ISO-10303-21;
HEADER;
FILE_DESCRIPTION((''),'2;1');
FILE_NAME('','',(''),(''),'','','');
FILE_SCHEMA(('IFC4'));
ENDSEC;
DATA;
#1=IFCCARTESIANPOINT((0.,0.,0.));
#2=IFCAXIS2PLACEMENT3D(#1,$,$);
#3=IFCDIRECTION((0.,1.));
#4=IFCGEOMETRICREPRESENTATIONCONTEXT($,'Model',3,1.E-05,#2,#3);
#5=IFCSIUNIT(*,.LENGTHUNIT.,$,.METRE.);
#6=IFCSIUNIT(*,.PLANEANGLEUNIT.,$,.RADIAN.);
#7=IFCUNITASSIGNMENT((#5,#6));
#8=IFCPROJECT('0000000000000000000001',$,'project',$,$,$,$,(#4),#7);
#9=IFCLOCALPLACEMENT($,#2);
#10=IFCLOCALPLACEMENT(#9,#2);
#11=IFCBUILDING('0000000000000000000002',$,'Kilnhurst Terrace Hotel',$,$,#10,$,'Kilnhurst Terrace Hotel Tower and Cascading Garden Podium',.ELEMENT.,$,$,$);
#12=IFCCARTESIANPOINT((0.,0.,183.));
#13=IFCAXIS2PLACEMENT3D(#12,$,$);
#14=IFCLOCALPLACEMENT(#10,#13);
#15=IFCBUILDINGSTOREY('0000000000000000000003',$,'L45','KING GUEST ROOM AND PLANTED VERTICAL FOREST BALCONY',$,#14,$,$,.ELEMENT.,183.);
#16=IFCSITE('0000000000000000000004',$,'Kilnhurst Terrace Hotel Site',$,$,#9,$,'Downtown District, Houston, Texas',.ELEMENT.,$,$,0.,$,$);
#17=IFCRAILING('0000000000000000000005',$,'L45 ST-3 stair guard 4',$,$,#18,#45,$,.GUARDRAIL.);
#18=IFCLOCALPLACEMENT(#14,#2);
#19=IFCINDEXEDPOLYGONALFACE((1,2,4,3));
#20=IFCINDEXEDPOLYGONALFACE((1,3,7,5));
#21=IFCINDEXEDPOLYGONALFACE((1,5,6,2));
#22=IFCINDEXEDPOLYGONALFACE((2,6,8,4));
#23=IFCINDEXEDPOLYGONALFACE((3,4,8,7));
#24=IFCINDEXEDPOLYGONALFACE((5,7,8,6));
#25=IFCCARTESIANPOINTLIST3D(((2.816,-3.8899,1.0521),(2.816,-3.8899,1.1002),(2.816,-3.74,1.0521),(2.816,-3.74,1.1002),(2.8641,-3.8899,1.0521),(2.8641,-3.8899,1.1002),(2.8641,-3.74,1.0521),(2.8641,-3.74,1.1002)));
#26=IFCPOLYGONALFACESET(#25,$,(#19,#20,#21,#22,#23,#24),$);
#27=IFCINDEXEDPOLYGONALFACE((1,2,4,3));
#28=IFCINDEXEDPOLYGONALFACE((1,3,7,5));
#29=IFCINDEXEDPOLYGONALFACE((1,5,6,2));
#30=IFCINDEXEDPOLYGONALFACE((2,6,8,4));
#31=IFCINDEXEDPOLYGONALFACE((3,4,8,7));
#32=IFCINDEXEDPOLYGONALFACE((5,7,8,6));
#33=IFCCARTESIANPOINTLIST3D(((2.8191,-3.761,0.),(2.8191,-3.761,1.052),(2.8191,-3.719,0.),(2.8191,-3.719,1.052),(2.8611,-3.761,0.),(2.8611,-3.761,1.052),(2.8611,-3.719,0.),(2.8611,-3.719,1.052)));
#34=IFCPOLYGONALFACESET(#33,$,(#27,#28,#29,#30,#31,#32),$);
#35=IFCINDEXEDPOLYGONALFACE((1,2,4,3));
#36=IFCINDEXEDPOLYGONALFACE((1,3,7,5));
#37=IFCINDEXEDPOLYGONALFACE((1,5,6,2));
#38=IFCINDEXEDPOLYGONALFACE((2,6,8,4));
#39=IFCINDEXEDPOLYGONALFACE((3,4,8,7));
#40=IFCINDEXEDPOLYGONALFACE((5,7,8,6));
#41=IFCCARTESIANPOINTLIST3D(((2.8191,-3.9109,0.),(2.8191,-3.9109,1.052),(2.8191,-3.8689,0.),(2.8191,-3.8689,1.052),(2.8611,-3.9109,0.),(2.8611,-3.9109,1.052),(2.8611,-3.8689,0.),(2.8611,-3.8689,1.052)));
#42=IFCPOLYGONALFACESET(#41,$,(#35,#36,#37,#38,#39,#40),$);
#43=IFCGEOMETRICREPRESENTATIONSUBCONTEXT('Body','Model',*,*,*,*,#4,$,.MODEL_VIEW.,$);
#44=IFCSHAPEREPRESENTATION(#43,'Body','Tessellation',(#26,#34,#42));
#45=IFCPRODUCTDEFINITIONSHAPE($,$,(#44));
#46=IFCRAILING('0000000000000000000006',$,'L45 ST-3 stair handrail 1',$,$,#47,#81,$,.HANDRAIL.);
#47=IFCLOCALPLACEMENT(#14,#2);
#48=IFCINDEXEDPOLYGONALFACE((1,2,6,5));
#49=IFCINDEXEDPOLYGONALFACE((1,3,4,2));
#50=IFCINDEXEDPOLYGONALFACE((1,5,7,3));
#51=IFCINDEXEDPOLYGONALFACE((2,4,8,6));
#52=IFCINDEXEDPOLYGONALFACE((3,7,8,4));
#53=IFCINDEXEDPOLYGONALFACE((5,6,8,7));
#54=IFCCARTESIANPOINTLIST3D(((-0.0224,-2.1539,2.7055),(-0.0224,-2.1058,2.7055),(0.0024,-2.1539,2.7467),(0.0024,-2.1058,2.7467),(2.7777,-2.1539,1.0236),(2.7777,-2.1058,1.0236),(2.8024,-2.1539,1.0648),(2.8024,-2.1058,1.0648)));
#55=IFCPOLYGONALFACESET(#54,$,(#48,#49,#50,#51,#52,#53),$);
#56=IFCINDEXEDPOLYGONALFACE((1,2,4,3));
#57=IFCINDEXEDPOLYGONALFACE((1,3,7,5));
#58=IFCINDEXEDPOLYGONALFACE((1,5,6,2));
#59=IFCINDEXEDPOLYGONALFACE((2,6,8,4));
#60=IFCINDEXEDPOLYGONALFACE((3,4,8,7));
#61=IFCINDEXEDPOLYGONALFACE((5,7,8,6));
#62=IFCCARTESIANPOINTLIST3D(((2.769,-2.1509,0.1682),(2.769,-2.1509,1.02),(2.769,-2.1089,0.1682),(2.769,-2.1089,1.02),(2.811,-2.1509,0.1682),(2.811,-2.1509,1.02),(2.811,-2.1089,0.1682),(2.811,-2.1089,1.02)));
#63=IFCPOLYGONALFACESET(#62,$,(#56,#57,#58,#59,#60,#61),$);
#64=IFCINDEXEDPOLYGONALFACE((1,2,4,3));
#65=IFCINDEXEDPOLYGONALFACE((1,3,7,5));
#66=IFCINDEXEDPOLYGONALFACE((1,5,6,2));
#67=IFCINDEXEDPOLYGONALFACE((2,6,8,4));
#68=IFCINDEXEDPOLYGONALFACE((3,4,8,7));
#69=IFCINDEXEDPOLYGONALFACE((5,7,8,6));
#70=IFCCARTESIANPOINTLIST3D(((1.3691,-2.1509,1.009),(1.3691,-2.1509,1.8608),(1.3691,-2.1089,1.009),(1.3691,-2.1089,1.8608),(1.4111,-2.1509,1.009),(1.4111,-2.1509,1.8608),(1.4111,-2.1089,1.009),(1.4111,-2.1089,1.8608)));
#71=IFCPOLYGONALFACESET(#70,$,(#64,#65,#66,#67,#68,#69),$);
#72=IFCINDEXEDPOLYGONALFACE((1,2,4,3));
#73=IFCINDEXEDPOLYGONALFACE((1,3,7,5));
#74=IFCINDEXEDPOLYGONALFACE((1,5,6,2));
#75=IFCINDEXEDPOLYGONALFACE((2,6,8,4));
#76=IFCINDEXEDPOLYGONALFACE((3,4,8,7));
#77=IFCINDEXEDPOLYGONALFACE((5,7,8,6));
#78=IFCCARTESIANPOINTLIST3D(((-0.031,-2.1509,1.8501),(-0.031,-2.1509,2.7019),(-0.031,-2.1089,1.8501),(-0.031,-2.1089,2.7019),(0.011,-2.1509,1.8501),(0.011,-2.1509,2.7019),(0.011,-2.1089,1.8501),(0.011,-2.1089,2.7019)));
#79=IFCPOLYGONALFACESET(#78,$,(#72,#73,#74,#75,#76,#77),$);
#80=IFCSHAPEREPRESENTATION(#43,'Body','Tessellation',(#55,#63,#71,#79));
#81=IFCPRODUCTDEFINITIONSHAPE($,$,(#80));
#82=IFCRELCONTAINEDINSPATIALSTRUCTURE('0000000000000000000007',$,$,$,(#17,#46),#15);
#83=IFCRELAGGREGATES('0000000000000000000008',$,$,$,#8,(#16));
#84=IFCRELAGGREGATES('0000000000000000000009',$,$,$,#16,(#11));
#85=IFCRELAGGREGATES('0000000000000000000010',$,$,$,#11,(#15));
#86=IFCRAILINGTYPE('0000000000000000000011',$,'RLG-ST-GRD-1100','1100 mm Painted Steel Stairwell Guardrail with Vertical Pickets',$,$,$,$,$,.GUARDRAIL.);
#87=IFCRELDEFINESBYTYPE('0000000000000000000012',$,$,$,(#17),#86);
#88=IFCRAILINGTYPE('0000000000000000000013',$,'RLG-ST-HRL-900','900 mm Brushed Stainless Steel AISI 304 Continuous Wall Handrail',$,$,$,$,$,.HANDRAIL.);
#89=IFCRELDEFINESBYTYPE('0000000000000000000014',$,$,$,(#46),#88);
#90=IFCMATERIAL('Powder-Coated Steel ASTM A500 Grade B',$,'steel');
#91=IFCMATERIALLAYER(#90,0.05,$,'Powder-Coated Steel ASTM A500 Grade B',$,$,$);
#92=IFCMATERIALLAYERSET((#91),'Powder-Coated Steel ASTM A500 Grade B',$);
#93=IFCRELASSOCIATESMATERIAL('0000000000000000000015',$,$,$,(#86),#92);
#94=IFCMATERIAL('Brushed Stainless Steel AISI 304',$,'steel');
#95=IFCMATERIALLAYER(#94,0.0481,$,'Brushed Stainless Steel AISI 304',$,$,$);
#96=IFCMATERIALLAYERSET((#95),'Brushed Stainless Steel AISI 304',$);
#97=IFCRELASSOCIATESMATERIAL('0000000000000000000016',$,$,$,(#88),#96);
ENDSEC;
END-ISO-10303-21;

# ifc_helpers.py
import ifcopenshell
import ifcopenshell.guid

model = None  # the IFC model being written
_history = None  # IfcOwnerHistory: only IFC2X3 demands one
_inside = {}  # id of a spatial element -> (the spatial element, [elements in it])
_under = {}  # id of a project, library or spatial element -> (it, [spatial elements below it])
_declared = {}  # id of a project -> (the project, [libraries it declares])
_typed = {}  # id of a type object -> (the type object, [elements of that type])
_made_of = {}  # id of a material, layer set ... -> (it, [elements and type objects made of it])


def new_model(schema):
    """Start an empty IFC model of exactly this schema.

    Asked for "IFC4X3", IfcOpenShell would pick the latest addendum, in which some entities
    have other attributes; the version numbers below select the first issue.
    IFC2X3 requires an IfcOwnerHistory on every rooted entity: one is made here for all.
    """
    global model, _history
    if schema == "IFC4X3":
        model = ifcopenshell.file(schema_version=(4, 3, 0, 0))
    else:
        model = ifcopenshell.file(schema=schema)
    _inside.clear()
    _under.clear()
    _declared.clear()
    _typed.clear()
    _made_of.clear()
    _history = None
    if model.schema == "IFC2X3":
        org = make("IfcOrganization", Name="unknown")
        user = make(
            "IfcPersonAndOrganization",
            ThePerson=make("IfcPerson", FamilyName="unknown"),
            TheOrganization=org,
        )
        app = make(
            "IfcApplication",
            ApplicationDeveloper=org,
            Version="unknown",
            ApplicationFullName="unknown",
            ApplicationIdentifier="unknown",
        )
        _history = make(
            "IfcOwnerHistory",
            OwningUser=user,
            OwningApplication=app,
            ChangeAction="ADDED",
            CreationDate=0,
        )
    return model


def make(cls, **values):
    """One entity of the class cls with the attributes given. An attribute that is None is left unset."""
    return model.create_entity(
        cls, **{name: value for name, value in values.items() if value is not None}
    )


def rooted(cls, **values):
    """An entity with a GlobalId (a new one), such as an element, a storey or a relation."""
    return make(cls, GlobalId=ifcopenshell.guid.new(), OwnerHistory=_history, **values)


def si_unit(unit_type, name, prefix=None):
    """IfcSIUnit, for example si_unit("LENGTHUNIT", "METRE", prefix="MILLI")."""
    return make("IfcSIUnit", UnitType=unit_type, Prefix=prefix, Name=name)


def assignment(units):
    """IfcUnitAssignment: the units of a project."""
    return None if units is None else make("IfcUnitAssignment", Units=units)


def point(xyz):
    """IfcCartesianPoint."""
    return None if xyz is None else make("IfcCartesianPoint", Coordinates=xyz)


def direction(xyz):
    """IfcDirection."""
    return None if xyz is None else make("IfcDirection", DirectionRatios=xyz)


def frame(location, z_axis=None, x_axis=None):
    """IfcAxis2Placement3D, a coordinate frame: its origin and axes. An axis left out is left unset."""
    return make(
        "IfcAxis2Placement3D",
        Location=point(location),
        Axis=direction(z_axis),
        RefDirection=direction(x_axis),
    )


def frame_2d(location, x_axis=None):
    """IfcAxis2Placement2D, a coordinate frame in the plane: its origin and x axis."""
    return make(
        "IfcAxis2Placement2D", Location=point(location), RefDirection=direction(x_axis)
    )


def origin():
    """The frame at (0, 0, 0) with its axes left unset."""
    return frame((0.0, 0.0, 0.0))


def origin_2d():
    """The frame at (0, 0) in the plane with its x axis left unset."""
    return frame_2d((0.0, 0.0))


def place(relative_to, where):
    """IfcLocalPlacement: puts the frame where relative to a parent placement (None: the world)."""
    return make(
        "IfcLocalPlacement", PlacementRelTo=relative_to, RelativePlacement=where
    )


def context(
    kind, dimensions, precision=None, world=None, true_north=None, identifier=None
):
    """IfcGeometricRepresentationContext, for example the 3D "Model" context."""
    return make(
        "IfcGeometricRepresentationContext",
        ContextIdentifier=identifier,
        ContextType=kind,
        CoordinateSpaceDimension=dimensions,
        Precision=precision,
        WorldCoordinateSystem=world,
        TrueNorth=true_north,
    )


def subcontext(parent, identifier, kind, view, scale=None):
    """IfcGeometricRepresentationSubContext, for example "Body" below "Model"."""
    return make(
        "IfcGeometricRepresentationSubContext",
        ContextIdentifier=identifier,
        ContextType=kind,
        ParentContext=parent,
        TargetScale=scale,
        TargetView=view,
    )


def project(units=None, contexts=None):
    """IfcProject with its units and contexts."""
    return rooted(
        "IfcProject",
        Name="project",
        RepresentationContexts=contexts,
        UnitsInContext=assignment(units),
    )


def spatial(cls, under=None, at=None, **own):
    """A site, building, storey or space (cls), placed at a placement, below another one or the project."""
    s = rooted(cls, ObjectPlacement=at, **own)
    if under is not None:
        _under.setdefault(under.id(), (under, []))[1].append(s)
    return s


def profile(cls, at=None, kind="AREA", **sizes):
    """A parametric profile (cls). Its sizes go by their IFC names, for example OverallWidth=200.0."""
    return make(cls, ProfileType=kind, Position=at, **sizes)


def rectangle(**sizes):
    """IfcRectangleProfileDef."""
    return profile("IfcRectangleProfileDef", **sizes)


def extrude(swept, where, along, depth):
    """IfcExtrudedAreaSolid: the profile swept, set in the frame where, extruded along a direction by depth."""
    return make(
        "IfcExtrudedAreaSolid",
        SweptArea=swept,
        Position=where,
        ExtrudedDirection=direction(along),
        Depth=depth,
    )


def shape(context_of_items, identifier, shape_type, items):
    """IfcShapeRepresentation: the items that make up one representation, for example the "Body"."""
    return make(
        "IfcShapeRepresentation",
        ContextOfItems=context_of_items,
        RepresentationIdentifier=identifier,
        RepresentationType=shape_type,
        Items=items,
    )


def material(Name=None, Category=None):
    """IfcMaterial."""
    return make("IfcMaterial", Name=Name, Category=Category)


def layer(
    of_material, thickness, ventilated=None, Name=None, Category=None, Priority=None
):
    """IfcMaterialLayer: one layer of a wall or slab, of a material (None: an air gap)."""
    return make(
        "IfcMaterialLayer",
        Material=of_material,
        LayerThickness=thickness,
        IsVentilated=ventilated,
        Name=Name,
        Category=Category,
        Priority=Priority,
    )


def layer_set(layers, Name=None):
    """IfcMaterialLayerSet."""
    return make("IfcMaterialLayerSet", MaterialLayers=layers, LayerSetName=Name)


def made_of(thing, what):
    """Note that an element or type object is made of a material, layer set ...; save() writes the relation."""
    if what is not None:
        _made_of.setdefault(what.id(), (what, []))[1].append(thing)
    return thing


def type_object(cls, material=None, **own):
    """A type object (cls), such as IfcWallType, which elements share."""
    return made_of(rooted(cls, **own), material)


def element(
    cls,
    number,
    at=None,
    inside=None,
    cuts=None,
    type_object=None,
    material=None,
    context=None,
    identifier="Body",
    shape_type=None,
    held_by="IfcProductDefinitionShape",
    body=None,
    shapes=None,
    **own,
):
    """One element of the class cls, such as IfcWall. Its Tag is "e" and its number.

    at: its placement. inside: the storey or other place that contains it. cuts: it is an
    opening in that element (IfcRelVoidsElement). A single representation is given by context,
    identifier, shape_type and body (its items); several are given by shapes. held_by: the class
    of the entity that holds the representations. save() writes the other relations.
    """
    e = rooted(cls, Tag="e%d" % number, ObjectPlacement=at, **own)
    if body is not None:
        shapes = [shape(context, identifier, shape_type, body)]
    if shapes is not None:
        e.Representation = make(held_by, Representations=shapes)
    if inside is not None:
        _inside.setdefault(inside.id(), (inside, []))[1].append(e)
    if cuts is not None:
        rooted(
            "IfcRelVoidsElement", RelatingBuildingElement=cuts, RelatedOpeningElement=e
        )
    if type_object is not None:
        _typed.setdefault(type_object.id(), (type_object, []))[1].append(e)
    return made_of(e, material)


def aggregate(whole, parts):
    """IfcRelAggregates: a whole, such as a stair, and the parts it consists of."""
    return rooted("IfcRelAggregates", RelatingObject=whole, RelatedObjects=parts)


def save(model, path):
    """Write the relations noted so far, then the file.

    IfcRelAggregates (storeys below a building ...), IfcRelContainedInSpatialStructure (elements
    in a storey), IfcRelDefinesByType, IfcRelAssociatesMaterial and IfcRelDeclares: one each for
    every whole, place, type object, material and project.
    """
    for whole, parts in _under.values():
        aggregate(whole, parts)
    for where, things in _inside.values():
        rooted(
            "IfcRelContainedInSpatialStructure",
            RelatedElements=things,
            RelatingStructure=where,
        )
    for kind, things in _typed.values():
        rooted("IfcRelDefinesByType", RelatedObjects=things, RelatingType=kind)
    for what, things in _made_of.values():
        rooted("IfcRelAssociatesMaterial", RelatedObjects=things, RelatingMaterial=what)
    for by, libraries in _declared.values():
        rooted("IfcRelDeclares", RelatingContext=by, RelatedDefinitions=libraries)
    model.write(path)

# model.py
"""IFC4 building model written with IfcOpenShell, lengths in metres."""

from ifc_helpers import new_model, si_unit, direction, frame, origin, origin_2d, place, context, subcontext, project, spatial, rectangle, extrude, material, layer, layer_set, type_object, element, save


model = new_model("IFC4")

# Units and contexts
model_context = context("Model", 3, precision=1e-05, world=origin(), true_north=direction((0.0, 1.0)))
body_context = subcontext(model_context, "Body", "Model", "MODEL_VIEW")
ifc_project = project(units=[si_unit("LENGTHUNIT", "METRE"), si_unit("PLANEANGLEUNIT", "RADIAN")], contexts=[model_context])

# Site, building, storey
site_placement = place(None, origin())
site = spatial("IfcSite", under=ifc_project, at=site_placement, Name="Kilnhurst Terrace Hotel Site", LongName="Downtown District, Houston, Texas", CompositionType="ELEMENT", RefElevation=0.0)
building_placement = place(site_placement, origin())
building = spatial("IfcBuilding", under=site, at=building_placement, Name="Kilnhurst Terrace Hotel", LongName="Kilnhurst Terrace Hotel Tower and Cascading Garden Podium", CompositionType="ELEMENT")
storey_placement = place(building_placement, frame((0.0, 0.0, 183.0)))
storey = spatial("IfcBuildingStorey", under=building, at=storey_placement, Name="L45", Description="KING GUEST ROOM AND PLANTED VERTICAL FOREST BALCONY", CompositionType="ELEMENT", Elevation=183.0)

# Railings
ifc_material_1 = material(Name="Powder-Coated Steel ASTM A500 Grade B", Category="steel")
ifc_layer_1 = layer(ifc_material_1, 0.05, Name="Powder-Coated Steel ASTM A500 Grade B")
ifc_layer_set_1 = layer_set([ifc_layer_1], Name="Powder-Coated Steel ASTM A500 Grade B")
railing_type_1 = type_object("IfcRailingType", Name="RLG-ST-GRD-1100", Description="1100 mm Painted Steel Stairwell Guardrail with Vertical Pickets", PredefinedType="GUARDRAIL", material=ifc_layer_set_1)
railing_1_placement = place(storey_placement, frame((2.8401, -3.74, 0.0)))
element("IfcRailing", 1, at=railing_1_placement, inside=storey, type_object=railing_type_1, Name="L45 ST-3 stair guard 4", PredefinedType="GUARDRAIL", context=body_context, shape_type="SweptSolid", body=[
    extrude(rectangle(XDim=0.0481, YDim=0.0481, at=origin_2d()), frame((0.0, 0.0, 1.0762), z_axis=(0.0, -1.0, 0.0), x_axis=(1.0, 0.0, 0.0)), (0.0, 0.0, 1.0), 0.1499),
    extrude(rectangle(XDim=0.042, YDim=0.042, at=origin_2d()), origin(), (0.0, 0.0, 1.0), 1.052),
    extrude(rectangle(XDim=0.042, YDim=0.042, at=origin_2d()), frame((0.0, -0.1499, 0.0)), (0.0, 0.0, 1.0), 1.052),
])
ifc_material_2 = material(Name="Brushed Stainless Steel AISI 304", Category="steel")
ifc_layer_2 = layer(ifc_material_2, 0.0481, Name="Brushed Stainless Steel AISI 304")
ifc_layer_set_2 = layer_set([ifc_layer_2], Name="Brushed Stainless Steel AISI 304")
railing_type_2 = type_object("IfcRailingType", Name="RLG-ST-HRL-900", Description="900 mm Brushed Stainless Steel AISI 304 Continuous Wall Handrail", PredefinedType="HANDRAIL", material=ifc_layer_set_2)
railing_2_placement = place(storey_placement, frame((2.79, -2.1299, 0.1682)))
element("IfcRailing", 2, at=railing_2_placement, inside=storey, type_object=railing_type_2, Name="L45 ST-3 stair handrail 1", PredefinedType="HANDRAIL", context=body_context, shape_type="SweptSolid", body=[
    extrude(rectangle(XDim=0.0481, YDim=0.0481, at=origin_2d()), frame((0.0, 0.0, 0.876), z_axis=(-0.857242, 0.0, 0.514913), x_axis=(0.0, -1.0, 0.0)), (0.0, 0.0, 1.0), 3.2664),
    extrude(rectangle(XDim=0.042, YDim=0.042, at=origin_2d()), origin(), (0.0, 0.0, 1.0), 0.8518),
    extrude(rectangle(XDim=0.042, YDim=0.042, at=origin_2d()), frame((-1.3999, 0.0, 0.8408)), (0.0, 0.0, 1.0), 0.8518),
    extrude(rectangle(XDim=0.042, YDim=0.042, at=origin_2d()), frame((-2.8, 0.0, 1.6819)), (0.0, 0.0, 1.0), 0.8518),
])

save(model, "model.ifc")
